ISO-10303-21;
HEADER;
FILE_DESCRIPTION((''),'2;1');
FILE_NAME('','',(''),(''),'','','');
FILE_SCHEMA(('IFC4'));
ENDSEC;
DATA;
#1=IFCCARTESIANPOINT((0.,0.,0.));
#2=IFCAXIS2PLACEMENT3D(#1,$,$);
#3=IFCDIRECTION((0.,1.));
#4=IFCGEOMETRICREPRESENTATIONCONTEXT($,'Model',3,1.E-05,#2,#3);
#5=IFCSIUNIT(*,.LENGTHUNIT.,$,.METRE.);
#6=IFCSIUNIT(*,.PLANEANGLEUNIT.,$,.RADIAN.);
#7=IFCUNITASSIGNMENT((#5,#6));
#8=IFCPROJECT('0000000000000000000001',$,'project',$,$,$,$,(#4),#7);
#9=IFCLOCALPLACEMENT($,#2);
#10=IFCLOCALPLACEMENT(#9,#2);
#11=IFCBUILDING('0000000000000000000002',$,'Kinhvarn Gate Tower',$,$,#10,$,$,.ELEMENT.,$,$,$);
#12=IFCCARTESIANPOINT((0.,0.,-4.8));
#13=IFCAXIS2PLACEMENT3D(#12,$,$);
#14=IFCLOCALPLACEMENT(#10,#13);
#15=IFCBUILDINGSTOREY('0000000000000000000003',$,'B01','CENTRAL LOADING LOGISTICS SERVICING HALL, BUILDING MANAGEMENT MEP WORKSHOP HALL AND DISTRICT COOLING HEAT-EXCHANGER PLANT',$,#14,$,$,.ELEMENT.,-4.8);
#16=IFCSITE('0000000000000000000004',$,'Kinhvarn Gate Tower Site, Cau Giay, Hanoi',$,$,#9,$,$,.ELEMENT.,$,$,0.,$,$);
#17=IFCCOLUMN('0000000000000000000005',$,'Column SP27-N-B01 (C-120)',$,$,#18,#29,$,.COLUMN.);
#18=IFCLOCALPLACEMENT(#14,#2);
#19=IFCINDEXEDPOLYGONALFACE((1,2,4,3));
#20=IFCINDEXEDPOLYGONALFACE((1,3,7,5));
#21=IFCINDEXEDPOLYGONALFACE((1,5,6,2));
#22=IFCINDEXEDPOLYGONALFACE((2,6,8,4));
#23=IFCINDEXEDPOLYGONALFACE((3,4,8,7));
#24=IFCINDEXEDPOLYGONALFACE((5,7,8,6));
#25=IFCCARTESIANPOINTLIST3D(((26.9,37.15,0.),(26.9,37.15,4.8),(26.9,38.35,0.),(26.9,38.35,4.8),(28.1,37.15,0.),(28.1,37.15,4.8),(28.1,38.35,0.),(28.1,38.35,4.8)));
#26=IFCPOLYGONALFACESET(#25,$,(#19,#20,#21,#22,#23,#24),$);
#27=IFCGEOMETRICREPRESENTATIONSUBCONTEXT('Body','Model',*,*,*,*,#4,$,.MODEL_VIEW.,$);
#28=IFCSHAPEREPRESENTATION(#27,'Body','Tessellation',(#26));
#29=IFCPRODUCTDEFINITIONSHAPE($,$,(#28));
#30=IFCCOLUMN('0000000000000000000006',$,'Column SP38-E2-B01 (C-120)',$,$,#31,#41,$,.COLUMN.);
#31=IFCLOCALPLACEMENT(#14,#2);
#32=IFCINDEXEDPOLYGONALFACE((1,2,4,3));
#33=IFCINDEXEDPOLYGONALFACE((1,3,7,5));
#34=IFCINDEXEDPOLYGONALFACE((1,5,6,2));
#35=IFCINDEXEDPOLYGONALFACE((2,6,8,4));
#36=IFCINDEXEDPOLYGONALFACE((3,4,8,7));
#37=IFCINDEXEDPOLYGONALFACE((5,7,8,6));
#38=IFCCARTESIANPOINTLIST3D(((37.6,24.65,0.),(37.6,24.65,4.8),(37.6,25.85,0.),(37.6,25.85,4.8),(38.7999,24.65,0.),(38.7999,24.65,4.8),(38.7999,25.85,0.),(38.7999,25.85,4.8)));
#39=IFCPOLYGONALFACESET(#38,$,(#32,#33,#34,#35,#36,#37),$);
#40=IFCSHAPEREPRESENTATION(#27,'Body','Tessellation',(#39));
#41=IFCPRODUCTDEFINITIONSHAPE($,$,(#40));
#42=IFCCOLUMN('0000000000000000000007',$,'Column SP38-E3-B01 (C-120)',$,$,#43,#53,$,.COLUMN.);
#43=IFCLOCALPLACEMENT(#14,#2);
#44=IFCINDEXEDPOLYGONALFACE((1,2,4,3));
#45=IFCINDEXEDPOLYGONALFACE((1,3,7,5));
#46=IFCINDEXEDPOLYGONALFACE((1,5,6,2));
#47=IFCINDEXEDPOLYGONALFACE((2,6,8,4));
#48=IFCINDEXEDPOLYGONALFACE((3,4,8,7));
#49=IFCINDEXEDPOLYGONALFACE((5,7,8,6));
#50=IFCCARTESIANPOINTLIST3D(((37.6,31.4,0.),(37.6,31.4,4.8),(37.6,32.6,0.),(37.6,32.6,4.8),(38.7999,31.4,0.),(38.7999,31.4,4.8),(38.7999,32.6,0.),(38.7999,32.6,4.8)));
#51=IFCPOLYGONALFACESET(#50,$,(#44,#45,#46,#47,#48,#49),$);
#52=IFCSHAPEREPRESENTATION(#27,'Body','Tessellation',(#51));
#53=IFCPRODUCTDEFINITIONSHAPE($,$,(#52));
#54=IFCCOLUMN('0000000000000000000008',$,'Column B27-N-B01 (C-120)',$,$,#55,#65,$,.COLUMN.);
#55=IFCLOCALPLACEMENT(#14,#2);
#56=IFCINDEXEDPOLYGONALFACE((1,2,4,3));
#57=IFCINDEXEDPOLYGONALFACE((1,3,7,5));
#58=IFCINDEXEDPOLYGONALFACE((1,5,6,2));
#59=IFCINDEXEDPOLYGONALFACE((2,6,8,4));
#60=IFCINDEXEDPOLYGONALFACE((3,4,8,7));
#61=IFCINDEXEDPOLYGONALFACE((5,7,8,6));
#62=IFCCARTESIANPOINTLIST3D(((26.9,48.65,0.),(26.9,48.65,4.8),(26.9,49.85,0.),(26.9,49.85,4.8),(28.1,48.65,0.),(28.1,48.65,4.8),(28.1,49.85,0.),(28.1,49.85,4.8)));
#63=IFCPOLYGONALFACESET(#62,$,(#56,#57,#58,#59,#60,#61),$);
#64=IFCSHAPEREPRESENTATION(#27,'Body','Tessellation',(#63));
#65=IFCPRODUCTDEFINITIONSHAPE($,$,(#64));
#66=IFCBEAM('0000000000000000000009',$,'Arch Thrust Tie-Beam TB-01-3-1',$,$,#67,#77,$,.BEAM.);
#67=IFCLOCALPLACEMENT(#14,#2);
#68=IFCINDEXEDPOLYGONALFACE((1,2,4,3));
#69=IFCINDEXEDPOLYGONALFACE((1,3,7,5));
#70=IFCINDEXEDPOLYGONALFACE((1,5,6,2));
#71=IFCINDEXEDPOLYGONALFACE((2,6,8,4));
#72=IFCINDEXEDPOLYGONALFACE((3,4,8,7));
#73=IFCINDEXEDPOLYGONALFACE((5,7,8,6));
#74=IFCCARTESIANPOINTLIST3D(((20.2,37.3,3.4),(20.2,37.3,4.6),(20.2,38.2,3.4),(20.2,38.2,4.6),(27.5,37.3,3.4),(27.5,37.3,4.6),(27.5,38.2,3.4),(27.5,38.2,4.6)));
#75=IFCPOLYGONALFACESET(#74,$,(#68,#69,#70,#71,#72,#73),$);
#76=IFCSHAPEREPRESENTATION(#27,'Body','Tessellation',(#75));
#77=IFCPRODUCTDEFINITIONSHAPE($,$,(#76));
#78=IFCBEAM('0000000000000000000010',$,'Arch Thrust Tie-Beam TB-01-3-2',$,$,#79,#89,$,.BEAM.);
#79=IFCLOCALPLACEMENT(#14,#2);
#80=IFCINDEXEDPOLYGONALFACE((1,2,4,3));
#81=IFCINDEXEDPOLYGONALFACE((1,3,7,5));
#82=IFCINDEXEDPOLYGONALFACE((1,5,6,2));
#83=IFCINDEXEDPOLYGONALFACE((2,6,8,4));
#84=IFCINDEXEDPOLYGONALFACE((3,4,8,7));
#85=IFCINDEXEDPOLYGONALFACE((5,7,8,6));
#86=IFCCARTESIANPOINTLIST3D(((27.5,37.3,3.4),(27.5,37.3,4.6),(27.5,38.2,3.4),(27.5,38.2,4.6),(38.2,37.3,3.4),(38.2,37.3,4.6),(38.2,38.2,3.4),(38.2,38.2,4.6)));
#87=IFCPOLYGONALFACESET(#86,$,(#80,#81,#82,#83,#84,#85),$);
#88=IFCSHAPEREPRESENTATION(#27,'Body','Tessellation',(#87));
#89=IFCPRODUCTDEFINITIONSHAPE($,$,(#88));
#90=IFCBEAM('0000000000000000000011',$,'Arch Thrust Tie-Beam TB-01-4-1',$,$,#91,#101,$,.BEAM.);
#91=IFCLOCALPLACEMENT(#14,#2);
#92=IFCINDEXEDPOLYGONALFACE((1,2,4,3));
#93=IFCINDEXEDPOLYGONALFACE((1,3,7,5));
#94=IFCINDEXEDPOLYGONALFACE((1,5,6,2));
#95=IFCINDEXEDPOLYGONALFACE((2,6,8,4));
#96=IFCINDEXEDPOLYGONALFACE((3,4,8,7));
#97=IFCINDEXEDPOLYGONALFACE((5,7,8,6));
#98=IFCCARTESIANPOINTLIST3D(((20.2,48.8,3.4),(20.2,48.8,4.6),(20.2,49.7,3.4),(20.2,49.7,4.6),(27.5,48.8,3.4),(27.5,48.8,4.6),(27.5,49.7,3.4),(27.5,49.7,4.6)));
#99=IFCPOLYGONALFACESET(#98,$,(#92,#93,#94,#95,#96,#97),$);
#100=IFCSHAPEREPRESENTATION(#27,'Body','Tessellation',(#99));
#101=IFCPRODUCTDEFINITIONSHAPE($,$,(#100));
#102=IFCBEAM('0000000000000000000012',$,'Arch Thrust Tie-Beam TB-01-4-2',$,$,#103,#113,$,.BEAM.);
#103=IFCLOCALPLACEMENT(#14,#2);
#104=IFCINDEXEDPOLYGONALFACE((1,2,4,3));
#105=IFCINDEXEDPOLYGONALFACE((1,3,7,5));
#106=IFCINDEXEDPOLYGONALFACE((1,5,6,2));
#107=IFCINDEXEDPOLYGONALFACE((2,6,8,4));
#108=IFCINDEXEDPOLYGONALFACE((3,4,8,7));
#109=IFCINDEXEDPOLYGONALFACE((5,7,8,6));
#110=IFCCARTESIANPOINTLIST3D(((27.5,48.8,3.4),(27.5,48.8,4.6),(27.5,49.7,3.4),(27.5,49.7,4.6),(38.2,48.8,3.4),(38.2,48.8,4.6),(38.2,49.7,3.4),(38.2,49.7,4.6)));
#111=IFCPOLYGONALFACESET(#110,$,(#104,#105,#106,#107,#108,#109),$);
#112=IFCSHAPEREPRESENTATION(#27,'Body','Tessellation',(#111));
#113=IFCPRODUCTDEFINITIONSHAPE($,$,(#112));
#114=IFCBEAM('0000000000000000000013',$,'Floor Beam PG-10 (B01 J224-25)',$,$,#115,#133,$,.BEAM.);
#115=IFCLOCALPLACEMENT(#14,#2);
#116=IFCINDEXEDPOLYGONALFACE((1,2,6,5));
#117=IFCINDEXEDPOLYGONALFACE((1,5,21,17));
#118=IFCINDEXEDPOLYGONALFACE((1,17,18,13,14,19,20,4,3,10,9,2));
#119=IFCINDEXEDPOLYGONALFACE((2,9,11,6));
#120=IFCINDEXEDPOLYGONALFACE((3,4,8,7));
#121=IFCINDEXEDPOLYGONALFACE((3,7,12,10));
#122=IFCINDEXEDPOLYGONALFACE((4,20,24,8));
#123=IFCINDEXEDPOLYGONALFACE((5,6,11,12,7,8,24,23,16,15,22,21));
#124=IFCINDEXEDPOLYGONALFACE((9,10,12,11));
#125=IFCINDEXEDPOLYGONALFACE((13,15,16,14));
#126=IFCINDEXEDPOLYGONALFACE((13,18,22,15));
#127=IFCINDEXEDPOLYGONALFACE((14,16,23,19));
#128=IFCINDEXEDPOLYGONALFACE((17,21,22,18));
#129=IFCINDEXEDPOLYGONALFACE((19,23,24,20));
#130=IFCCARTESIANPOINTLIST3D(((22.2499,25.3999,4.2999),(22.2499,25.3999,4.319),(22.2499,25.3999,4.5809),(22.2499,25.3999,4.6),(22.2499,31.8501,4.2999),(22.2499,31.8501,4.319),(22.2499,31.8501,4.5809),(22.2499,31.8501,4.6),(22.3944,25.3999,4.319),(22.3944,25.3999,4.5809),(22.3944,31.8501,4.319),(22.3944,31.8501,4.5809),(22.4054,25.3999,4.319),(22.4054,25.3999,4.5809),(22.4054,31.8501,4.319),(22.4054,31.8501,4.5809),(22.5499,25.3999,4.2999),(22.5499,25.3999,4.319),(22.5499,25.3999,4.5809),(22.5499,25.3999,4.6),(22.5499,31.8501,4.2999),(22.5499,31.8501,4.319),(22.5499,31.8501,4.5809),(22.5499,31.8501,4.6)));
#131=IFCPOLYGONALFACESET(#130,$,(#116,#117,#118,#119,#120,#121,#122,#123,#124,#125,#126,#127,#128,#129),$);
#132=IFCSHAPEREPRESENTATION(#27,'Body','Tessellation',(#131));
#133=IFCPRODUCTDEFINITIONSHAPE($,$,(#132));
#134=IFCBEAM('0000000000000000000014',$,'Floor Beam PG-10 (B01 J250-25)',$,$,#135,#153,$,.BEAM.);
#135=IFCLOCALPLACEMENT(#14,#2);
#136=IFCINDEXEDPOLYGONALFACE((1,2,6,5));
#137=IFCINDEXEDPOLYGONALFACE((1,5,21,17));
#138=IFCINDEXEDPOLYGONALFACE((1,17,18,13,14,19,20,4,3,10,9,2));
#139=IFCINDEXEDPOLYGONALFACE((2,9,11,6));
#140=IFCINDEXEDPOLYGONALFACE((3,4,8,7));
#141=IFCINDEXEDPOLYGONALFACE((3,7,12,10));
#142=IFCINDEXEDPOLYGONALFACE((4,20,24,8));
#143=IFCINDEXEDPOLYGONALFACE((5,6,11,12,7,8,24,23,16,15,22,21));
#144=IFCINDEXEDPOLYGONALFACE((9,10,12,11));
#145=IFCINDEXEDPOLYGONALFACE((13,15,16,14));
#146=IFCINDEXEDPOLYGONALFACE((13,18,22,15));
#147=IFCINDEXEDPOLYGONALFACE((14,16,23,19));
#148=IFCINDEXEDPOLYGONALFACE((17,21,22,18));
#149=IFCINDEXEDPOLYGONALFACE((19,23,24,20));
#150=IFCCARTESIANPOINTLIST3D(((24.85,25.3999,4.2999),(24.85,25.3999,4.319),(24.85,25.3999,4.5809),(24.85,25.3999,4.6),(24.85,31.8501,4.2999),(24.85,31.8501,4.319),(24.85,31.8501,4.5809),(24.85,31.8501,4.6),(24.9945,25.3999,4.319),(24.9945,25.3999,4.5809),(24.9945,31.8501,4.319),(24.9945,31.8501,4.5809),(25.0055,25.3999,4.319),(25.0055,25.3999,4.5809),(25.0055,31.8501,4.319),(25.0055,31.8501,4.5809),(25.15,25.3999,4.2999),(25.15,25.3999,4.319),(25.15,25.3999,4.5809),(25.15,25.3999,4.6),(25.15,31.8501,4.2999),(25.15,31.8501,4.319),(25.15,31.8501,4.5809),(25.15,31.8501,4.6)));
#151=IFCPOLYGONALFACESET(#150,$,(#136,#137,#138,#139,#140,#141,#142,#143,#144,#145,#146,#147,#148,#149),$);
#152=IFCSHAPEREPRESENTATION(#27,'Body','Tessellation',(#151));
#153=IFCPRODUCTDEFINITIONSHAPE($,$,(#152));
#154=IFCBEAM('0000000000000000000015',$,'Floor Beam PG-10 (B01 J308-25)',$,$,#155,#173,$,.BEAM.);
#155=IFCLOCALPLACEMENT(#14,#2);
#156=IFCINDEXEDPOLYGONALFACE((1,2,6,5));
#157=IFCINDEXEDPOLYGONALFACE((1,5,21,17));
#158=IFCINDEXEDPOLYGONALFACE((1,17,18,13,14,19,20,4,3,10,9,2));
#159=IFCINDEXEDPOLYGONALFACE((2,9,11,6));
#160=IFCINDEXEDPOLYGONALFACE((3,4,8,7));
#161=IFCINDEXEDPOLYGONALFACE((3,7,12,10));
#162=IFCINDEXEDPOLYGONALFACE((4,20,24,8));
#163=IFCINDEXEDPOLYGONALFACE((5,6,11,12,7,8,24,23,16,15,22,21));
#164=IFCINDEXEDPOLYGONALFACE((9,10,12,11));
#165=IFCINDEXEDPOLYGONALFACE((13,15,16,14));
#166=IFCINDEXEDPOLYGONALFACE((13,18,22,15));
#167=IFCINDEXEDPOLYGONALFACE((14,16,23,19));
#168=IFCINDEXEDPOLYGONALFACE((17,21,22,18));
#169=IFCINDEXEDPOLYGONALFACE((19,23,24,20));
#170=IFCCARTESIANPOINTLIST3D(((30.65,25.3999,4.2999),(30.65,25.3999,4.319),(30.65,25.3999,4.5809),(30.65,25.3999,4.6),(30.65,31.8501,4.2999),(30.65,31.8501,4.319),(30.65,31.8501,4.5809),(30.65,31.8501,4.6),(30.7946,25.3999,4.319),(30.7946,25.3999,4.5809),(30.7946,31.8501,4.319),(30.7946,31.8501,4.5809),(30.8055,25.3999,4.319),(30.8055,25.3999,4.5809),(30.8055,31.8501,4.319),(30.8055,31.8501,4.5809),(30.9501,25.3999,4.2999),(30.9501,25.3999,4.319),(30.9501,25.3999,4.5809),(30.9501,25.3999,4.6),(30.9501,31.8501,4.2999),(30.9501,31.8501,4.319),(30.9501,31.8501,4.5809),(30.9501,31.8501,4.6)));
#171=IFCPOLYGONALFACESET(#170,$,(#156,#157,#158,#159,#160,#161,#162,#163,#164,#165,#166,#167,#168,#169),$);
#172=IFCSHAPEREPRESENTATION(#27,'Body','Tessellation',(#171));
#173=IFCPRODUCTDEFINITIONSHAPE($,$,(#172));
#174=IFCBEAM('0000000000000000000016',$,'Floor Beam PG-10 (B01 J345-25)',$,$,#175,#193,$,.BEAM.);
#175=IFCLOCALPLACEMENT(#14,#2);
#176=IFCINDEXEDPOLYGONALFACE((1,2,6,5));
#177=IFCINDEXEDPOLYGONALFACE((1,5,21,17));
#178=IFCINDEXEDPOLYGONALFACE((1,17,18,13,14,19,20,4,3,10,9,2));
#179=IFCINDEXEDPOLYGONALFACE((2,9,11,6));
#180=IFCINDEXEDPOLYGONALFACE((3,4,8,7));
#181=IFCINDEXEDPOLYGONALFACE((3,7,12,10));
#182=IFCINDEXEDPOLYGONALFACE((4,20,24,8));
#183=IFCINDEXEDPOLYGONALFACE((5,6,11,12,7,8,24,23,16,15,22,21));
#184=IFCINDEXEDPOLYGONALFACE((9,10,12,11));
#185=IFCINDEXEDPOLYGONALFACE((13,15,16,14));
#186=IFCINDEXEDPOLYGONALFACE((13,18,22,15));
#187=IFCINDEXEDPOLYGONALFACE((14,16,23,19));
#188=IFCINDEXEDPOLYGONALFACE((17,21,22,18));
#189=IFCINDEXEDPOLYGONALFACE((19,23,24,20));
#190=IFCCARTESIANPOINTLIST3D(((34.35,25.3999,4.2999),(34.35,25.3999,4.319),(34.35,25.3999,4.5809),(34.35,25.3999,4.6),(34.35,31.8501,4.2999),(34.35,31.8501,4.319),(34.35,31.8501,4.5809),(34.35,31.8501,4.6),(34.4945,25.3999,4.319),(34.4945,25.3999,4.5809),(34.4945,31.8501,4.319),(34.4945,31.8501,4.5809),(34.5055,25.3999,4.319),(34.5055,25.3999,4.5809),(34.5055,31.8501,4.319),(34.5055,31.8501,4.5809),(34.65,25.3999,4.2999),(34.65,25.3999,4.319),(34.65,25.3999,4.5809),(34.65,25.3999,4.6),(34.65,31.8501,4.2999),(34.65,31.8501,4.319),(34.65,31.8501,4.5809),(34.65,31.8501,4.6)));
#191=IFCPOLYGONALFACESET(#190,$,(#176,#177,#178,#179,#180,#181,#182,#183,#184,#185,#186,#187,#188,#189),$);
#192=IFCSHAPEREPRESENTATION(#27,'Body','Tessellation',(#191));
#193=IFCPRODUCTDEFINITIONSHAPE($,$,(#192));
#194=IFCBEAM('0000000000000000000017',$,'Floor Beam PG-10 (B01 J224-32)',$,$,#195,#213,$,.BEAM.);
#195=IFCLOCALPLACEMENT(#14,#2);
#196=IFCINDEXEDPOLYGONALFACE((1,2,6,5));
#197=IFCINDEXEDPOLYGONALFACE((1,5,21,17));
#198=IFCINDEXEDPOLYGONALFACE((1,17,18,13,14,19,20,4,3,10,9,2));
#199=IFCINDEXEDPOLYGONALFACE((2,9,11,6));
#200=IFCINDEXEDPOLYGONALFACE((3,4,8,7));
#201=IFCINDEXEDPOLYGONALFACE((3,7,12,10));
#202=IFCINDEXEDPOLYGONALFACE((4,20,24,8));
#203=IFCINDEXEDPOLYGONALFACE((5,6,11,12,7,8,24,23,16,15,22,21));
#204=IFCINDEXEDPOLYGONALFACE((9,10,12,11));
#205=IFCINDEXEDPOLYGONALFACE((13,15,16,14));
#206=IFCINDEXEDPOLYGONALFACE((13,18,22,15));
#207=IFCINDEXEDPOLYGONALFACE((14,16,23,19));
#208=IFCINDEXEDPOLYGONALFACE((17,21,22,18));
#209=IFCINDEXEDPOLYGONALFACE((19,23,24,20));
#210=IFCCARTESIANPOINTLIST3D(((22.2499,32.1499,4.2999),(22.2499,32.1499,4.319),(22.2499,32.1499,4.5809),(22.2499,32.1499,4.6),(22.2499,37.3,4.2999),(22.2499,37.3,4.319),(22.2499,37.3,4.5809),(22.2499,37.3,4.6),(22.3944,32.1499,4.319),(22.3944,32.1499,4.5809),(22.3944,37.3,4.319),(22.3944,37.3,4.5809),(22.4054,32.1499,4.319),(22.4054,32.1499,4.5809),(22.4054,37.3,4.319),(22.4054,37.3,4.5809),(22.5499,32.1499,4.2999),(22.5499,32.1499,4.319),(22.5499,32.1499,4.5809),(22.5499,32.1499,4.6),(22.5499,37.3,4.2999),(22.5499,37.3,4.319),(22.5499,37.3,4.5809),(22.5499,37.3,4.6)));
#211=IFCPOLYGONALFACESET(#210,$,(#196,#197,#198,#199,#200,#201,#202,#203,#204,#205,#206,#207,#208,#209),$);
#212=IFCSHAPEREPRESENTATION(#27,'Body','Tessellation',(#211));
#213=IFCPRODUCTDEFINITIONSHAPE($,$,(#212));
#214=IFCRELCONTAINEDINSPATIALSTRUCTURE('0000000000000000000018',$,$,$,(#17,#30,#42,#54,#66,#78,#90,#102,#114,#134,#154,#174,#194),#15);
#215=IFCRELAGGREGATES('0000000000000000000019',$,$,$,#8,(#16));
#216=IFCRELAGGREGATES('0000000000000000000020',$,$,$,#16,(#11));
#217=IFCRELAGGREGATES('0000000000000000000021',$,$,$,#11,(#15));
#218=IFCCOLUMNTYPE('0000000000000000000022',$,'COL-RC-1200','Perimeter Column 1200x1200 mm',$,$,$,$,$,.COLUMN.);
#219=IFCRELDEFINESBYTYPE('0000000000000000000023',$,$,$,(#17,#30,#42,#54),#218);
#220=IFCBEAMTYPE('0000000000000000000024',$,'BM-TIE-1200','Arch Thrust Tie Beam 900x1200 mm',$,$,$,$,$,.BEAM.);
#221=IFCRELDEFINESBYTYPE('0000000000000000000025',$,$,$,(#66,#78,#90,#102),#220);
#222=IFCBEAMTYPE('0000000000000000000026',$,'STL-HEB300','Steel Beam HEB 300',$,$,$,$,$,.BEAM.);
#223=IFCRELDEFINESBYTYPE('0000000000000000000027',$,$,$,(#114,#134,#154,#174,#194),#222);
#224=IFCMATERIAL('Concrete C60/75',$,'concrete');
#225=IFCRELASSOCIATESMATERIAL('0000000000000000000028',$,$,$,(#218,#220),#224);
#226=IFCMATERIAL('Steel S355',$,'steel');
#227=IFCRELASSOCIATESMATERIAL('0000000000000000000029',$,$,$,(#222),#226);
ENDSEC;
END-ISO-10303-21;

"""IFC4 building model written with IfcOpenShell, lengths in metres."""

from ifc_helpers import new_model, si_unit, direction, frame, origin, origin_2d, place, context, subcontext, project, spatial, rectangle, i_section, extrude, material, material_profile, profile_set, type_object, element, save


model = new_model("IFC4")

# Units and contexts
model_context = context("Model", 3, precision=1e-05, world=origin(), true_north=direction((0.0, 1.0)))
body_context = subcontext(model_context, "Body", "Model", "MODEL_VIEW")
ifc_project = project(units=[si_unit("LENGTHUNIT", "METRE"), si_unit("PLANEANGLEUNIT", "RADIAN")], contexts=[model_context])

# Site, building, storey
site_placement = place(None, origin())
site = spatial("IfcSite", under=ifc_project, at=site_placement, Name="Kinhvarn Gate Tower Site, Cau Giay, Hanoi", CompositionType="ELEMENT", RefElevation=0.0)
building_placement = place(site_placement, origin())
building = spatial("IfcBuilding", under=site, at=building_placement, Name="Kinhvarn Gate Tower", CompositionType="ELEMENT")
storey_placement = place(building_placement, frame((0.0, 0.0, -4.8)))
storey = spatial("IfcBuildingStorey", under=building, at=storey_placement, Name="B01", Description="CENTRAL LOADING LOGISTICS SERVICING HALL, BUILDING MANAGEMENT MEP WORKSHOP HALL AND DISTRICT COOLING HEAT-EXCHANGER PLANT", CompositionType="ELEMENT", Elevation=-4.8)

# Columns
ifc_material_1 = material(Name="Concrete C60/75", Category="concrete")
ifc_material_profile_1 = material_profile(ifc_material_1, rectangle(XDim=1.2, YDim=1.2, at=origin_2d()), Name="RC 1200x1200")
ifc_profile_set_1 = profile_set([ifc_material_profile_1], Name="Concrete C60/75")
column_type = type_object("IfcColumnType", Name="COL-RC-1200", Description="Perimeter Column 1200x1200 mm", PredefinedType="COLUMN", material=ifc_profile_set_1)
for number, where, z_axis, x_axis, name in (
    (1, (27.5, 37.75, 0.0), (0.0, 0.0, 1.0), (1.0, 0.0, 0.0), "Column SP27-N-B01 (C-120)"),
    (2, (38.2, 25.25, 0.0), (0.0, 0.0, 1.0), (1.0, 0.0, 0.0), "Column SP38-E2-B01 (C-120)"),
    (3, (38.2, 32.0, 0.0), (0.0, 0.0, 1.0), (1.0, 0.0, 0.0), "Column SP38-E3-B01 (C-120)"),
    (4, (27.5, 49.25, 0.0), (0.0, 0.0, 1.0), (1.0, 0.0, 0.0), "Column B27-N-B01 (C-120)"),
):
    element("IfcColumn", number, at=place(storey_placement, frame(where, z_axis=z_axis, x_axis=x_axis)), inside=storey, type_object=column_type, Name=name, PredefinedType="COLUMN", context=body_context, shape_type="SweptSolid", body=[
        extrude(rectangle(XDim=1.2, YDim=1.2, at=origin_2d()), origin(), (0.0, 0.0, 1.0), 4.8),
    ])

# Beams
ifc_material_profile_2 = material_profile(ifc_material_1, rectangle(XDim=0.8999, YDim=1.2, at=origin_2d()), Name="RC 900x1200")
ifc_profile_set_2 = profile_set([ifc_material_profile_2], Name="Concrete C60/75")
beam_type_1 = type_object("IfcBeamType", Name="BM-TIE-1200", Description="Arch Thrust Tie Beam 900x1200 mm", PredefinedType="BEAM", material=ifc_profile_set_2)
beam_1_placement = place(storey_placement, frame((20.2, 37.75, 4.0), z_axis=(1.0, 0.0, 0.0), x_axis=(0.0, 1.0, 0.0)))
element("IfcBeam", 5, at=beam_1_placement, inside=storey, type_object=beam_type_1, Name="Arch Thrust Tie-Beam TB-01-3-1", PredefinedType="BEAM", context=body_context, shape_type="SweptSolid", body=[
    extrude(rectangle(XDim=0.8999, YDim=1.2, at=origin_2d()), origin(), (0.0, 0.0, 1.0), 7.3),
])
beam_2_placement = place(storey_placement, frame((27.5, 37.75, 4.0), z_axis=(1.0, 0.0, 0.0), x_axis=(0.0, 1.0, 0.0)))
element("IfcBeam", 6, at=beam_2_placement, inside=storey, type_object=beam_type_1, Name="Arch Thrust Tie-Beam TB-01-3-2", PredefinedType="BEAM", context=body_context, shape_type="SweptSolid", body=[
    extrude(rectangle(XDim=0.8999, YDim=1.2, at=origin_2d()), origin(), (0.0, 0.0, 1.0), 10.7),
])
beam_3_placement = place(storey_placement, frame((20.2, 49.25, 4.0), z_axis=(1.0, 0.0, 0.0), x_axis=(0.0, 1.0, 0.0)))
element("IfcBeam", 7, at=beam_3_placement, inside=storey, type_object=beam_type_1, Name="Arch Thrust Tie-Beam TB-01-4-1", PredefinedType="BEAM", context=body_context, shape_type="SweptSolid", body=[
    extrude(rectangle(XDim=0.8999, YDim=1.2, at=origin_2d()), origin(), (0.0, 0.0, 1.0), 7.3),
])
beam_4_placement = place(storey_placement, frame((27.5, 49.25, 4.0), z_axis=(1.0, 0.0, 0.0), x_axis=(0.0, 1.0, 0.0)))
element("IfcBeam", 8, at=beam_4_placement, inside=storey, type_object=beam_type_1, Name="Arch Thrust Tie-Beam TB-01-4-2", PredefinedType="BEAM", context=body_context, shape_type="SweptSolid", body=[
    extrude(rectangle(XDim=0.8999, YDim=1.2, at=origin_2d()), origin(), (0.0, 0.0, 1.0), 10.7),
])
ifc_material_2 = material(Name="Steel S355", Category="steel")
ifc_material_profile_3 = material_profile(ifc_material_2, i_section(OverallWidth=0.3, OverallDepth=0.3, WebThickness=0.011, FlangeThickness=0.019, at=origin_2d()), Name="HEB 300")
ifc_profile_set_3 = profile_set([ifc_material_profile_3], Name="Steel S355")
beam_type_2 = type_object("IfcBeamType", Name="STL-HEB300", Description="Steel Beam HEB 300", PredefinedType="BEAM", material=ifc_profile_set_3)
for number, where, z_axis, x_axis, name in (
    (9, (22.3999, 25.3999, 4.45), (0.0, 1.0, 0.0), (-1.0, 0.0, 0.0), "Floor Beam PG-10 (B01 J224-25)"),
    (10, (25.0, 25.3999, 4.45), (0.0, 1.0, 0.0), (-1.0, 0.0, 0.0), "Floor Beam PG-10 (B01 J250-25)"),
    (11, (30.8, 25.3999, 4.45), (0.0, 1.0, 0.0), (-1.0, 0.0, 0.0), "Floor Beam PG-10 (B01 J308-25)"),
    (12, (34.5, 25.3999, 4.45), (0.0, 1.0, 0.0), (-1.0, 0.0, 0.0), "Floor Beam PG-10 (B01 J345-25)"),
):
    element("IfcBeam", number, at=place(storey_placement, frame(where, z_axis=z_axis, x_axis=x_axis)), inside=storey, type_object=beam_type_2, Name=name, PredefinedType="BEAM", context=body_context, shape_type="SweptSolid", body=[
        extrude(i_section(OverallWidth=0.3, OverallDepth=0.3, WebThickness=0.011, FlangeThickness=0.019, at=origin_2d()), origin(), (0.0, 0.0, 1.0), 6.4502),
    ])
for number, where, z_axis, x_axis, name in (
    (13, (22.3999, 32.1499, 4.45), (0.0, 1.0, 0.0), (-1.0, 0.0, 0.0), "Floor Beam PG-10 (B01 J224-32)"),
):
    element("IfcBeam", number, at=place(storey_placement, frame(where, z_axis=z_axis, x_axis=x_axis)), inside=storey, type_object=beam_type_2, Name=name, PredefinedType="BEAM", context=body_context, shape_type="SweptSolid", body=[
        extrude(i_section(OverallWidth=0.3, OverallDepth=0.3, WebThickness=0.011, FlangeThickness=0.019, at=origin_2d()), origin(), (0.0, 0.0, 1.0), 5.1501),
    ])

save(model, "model.ifc")
